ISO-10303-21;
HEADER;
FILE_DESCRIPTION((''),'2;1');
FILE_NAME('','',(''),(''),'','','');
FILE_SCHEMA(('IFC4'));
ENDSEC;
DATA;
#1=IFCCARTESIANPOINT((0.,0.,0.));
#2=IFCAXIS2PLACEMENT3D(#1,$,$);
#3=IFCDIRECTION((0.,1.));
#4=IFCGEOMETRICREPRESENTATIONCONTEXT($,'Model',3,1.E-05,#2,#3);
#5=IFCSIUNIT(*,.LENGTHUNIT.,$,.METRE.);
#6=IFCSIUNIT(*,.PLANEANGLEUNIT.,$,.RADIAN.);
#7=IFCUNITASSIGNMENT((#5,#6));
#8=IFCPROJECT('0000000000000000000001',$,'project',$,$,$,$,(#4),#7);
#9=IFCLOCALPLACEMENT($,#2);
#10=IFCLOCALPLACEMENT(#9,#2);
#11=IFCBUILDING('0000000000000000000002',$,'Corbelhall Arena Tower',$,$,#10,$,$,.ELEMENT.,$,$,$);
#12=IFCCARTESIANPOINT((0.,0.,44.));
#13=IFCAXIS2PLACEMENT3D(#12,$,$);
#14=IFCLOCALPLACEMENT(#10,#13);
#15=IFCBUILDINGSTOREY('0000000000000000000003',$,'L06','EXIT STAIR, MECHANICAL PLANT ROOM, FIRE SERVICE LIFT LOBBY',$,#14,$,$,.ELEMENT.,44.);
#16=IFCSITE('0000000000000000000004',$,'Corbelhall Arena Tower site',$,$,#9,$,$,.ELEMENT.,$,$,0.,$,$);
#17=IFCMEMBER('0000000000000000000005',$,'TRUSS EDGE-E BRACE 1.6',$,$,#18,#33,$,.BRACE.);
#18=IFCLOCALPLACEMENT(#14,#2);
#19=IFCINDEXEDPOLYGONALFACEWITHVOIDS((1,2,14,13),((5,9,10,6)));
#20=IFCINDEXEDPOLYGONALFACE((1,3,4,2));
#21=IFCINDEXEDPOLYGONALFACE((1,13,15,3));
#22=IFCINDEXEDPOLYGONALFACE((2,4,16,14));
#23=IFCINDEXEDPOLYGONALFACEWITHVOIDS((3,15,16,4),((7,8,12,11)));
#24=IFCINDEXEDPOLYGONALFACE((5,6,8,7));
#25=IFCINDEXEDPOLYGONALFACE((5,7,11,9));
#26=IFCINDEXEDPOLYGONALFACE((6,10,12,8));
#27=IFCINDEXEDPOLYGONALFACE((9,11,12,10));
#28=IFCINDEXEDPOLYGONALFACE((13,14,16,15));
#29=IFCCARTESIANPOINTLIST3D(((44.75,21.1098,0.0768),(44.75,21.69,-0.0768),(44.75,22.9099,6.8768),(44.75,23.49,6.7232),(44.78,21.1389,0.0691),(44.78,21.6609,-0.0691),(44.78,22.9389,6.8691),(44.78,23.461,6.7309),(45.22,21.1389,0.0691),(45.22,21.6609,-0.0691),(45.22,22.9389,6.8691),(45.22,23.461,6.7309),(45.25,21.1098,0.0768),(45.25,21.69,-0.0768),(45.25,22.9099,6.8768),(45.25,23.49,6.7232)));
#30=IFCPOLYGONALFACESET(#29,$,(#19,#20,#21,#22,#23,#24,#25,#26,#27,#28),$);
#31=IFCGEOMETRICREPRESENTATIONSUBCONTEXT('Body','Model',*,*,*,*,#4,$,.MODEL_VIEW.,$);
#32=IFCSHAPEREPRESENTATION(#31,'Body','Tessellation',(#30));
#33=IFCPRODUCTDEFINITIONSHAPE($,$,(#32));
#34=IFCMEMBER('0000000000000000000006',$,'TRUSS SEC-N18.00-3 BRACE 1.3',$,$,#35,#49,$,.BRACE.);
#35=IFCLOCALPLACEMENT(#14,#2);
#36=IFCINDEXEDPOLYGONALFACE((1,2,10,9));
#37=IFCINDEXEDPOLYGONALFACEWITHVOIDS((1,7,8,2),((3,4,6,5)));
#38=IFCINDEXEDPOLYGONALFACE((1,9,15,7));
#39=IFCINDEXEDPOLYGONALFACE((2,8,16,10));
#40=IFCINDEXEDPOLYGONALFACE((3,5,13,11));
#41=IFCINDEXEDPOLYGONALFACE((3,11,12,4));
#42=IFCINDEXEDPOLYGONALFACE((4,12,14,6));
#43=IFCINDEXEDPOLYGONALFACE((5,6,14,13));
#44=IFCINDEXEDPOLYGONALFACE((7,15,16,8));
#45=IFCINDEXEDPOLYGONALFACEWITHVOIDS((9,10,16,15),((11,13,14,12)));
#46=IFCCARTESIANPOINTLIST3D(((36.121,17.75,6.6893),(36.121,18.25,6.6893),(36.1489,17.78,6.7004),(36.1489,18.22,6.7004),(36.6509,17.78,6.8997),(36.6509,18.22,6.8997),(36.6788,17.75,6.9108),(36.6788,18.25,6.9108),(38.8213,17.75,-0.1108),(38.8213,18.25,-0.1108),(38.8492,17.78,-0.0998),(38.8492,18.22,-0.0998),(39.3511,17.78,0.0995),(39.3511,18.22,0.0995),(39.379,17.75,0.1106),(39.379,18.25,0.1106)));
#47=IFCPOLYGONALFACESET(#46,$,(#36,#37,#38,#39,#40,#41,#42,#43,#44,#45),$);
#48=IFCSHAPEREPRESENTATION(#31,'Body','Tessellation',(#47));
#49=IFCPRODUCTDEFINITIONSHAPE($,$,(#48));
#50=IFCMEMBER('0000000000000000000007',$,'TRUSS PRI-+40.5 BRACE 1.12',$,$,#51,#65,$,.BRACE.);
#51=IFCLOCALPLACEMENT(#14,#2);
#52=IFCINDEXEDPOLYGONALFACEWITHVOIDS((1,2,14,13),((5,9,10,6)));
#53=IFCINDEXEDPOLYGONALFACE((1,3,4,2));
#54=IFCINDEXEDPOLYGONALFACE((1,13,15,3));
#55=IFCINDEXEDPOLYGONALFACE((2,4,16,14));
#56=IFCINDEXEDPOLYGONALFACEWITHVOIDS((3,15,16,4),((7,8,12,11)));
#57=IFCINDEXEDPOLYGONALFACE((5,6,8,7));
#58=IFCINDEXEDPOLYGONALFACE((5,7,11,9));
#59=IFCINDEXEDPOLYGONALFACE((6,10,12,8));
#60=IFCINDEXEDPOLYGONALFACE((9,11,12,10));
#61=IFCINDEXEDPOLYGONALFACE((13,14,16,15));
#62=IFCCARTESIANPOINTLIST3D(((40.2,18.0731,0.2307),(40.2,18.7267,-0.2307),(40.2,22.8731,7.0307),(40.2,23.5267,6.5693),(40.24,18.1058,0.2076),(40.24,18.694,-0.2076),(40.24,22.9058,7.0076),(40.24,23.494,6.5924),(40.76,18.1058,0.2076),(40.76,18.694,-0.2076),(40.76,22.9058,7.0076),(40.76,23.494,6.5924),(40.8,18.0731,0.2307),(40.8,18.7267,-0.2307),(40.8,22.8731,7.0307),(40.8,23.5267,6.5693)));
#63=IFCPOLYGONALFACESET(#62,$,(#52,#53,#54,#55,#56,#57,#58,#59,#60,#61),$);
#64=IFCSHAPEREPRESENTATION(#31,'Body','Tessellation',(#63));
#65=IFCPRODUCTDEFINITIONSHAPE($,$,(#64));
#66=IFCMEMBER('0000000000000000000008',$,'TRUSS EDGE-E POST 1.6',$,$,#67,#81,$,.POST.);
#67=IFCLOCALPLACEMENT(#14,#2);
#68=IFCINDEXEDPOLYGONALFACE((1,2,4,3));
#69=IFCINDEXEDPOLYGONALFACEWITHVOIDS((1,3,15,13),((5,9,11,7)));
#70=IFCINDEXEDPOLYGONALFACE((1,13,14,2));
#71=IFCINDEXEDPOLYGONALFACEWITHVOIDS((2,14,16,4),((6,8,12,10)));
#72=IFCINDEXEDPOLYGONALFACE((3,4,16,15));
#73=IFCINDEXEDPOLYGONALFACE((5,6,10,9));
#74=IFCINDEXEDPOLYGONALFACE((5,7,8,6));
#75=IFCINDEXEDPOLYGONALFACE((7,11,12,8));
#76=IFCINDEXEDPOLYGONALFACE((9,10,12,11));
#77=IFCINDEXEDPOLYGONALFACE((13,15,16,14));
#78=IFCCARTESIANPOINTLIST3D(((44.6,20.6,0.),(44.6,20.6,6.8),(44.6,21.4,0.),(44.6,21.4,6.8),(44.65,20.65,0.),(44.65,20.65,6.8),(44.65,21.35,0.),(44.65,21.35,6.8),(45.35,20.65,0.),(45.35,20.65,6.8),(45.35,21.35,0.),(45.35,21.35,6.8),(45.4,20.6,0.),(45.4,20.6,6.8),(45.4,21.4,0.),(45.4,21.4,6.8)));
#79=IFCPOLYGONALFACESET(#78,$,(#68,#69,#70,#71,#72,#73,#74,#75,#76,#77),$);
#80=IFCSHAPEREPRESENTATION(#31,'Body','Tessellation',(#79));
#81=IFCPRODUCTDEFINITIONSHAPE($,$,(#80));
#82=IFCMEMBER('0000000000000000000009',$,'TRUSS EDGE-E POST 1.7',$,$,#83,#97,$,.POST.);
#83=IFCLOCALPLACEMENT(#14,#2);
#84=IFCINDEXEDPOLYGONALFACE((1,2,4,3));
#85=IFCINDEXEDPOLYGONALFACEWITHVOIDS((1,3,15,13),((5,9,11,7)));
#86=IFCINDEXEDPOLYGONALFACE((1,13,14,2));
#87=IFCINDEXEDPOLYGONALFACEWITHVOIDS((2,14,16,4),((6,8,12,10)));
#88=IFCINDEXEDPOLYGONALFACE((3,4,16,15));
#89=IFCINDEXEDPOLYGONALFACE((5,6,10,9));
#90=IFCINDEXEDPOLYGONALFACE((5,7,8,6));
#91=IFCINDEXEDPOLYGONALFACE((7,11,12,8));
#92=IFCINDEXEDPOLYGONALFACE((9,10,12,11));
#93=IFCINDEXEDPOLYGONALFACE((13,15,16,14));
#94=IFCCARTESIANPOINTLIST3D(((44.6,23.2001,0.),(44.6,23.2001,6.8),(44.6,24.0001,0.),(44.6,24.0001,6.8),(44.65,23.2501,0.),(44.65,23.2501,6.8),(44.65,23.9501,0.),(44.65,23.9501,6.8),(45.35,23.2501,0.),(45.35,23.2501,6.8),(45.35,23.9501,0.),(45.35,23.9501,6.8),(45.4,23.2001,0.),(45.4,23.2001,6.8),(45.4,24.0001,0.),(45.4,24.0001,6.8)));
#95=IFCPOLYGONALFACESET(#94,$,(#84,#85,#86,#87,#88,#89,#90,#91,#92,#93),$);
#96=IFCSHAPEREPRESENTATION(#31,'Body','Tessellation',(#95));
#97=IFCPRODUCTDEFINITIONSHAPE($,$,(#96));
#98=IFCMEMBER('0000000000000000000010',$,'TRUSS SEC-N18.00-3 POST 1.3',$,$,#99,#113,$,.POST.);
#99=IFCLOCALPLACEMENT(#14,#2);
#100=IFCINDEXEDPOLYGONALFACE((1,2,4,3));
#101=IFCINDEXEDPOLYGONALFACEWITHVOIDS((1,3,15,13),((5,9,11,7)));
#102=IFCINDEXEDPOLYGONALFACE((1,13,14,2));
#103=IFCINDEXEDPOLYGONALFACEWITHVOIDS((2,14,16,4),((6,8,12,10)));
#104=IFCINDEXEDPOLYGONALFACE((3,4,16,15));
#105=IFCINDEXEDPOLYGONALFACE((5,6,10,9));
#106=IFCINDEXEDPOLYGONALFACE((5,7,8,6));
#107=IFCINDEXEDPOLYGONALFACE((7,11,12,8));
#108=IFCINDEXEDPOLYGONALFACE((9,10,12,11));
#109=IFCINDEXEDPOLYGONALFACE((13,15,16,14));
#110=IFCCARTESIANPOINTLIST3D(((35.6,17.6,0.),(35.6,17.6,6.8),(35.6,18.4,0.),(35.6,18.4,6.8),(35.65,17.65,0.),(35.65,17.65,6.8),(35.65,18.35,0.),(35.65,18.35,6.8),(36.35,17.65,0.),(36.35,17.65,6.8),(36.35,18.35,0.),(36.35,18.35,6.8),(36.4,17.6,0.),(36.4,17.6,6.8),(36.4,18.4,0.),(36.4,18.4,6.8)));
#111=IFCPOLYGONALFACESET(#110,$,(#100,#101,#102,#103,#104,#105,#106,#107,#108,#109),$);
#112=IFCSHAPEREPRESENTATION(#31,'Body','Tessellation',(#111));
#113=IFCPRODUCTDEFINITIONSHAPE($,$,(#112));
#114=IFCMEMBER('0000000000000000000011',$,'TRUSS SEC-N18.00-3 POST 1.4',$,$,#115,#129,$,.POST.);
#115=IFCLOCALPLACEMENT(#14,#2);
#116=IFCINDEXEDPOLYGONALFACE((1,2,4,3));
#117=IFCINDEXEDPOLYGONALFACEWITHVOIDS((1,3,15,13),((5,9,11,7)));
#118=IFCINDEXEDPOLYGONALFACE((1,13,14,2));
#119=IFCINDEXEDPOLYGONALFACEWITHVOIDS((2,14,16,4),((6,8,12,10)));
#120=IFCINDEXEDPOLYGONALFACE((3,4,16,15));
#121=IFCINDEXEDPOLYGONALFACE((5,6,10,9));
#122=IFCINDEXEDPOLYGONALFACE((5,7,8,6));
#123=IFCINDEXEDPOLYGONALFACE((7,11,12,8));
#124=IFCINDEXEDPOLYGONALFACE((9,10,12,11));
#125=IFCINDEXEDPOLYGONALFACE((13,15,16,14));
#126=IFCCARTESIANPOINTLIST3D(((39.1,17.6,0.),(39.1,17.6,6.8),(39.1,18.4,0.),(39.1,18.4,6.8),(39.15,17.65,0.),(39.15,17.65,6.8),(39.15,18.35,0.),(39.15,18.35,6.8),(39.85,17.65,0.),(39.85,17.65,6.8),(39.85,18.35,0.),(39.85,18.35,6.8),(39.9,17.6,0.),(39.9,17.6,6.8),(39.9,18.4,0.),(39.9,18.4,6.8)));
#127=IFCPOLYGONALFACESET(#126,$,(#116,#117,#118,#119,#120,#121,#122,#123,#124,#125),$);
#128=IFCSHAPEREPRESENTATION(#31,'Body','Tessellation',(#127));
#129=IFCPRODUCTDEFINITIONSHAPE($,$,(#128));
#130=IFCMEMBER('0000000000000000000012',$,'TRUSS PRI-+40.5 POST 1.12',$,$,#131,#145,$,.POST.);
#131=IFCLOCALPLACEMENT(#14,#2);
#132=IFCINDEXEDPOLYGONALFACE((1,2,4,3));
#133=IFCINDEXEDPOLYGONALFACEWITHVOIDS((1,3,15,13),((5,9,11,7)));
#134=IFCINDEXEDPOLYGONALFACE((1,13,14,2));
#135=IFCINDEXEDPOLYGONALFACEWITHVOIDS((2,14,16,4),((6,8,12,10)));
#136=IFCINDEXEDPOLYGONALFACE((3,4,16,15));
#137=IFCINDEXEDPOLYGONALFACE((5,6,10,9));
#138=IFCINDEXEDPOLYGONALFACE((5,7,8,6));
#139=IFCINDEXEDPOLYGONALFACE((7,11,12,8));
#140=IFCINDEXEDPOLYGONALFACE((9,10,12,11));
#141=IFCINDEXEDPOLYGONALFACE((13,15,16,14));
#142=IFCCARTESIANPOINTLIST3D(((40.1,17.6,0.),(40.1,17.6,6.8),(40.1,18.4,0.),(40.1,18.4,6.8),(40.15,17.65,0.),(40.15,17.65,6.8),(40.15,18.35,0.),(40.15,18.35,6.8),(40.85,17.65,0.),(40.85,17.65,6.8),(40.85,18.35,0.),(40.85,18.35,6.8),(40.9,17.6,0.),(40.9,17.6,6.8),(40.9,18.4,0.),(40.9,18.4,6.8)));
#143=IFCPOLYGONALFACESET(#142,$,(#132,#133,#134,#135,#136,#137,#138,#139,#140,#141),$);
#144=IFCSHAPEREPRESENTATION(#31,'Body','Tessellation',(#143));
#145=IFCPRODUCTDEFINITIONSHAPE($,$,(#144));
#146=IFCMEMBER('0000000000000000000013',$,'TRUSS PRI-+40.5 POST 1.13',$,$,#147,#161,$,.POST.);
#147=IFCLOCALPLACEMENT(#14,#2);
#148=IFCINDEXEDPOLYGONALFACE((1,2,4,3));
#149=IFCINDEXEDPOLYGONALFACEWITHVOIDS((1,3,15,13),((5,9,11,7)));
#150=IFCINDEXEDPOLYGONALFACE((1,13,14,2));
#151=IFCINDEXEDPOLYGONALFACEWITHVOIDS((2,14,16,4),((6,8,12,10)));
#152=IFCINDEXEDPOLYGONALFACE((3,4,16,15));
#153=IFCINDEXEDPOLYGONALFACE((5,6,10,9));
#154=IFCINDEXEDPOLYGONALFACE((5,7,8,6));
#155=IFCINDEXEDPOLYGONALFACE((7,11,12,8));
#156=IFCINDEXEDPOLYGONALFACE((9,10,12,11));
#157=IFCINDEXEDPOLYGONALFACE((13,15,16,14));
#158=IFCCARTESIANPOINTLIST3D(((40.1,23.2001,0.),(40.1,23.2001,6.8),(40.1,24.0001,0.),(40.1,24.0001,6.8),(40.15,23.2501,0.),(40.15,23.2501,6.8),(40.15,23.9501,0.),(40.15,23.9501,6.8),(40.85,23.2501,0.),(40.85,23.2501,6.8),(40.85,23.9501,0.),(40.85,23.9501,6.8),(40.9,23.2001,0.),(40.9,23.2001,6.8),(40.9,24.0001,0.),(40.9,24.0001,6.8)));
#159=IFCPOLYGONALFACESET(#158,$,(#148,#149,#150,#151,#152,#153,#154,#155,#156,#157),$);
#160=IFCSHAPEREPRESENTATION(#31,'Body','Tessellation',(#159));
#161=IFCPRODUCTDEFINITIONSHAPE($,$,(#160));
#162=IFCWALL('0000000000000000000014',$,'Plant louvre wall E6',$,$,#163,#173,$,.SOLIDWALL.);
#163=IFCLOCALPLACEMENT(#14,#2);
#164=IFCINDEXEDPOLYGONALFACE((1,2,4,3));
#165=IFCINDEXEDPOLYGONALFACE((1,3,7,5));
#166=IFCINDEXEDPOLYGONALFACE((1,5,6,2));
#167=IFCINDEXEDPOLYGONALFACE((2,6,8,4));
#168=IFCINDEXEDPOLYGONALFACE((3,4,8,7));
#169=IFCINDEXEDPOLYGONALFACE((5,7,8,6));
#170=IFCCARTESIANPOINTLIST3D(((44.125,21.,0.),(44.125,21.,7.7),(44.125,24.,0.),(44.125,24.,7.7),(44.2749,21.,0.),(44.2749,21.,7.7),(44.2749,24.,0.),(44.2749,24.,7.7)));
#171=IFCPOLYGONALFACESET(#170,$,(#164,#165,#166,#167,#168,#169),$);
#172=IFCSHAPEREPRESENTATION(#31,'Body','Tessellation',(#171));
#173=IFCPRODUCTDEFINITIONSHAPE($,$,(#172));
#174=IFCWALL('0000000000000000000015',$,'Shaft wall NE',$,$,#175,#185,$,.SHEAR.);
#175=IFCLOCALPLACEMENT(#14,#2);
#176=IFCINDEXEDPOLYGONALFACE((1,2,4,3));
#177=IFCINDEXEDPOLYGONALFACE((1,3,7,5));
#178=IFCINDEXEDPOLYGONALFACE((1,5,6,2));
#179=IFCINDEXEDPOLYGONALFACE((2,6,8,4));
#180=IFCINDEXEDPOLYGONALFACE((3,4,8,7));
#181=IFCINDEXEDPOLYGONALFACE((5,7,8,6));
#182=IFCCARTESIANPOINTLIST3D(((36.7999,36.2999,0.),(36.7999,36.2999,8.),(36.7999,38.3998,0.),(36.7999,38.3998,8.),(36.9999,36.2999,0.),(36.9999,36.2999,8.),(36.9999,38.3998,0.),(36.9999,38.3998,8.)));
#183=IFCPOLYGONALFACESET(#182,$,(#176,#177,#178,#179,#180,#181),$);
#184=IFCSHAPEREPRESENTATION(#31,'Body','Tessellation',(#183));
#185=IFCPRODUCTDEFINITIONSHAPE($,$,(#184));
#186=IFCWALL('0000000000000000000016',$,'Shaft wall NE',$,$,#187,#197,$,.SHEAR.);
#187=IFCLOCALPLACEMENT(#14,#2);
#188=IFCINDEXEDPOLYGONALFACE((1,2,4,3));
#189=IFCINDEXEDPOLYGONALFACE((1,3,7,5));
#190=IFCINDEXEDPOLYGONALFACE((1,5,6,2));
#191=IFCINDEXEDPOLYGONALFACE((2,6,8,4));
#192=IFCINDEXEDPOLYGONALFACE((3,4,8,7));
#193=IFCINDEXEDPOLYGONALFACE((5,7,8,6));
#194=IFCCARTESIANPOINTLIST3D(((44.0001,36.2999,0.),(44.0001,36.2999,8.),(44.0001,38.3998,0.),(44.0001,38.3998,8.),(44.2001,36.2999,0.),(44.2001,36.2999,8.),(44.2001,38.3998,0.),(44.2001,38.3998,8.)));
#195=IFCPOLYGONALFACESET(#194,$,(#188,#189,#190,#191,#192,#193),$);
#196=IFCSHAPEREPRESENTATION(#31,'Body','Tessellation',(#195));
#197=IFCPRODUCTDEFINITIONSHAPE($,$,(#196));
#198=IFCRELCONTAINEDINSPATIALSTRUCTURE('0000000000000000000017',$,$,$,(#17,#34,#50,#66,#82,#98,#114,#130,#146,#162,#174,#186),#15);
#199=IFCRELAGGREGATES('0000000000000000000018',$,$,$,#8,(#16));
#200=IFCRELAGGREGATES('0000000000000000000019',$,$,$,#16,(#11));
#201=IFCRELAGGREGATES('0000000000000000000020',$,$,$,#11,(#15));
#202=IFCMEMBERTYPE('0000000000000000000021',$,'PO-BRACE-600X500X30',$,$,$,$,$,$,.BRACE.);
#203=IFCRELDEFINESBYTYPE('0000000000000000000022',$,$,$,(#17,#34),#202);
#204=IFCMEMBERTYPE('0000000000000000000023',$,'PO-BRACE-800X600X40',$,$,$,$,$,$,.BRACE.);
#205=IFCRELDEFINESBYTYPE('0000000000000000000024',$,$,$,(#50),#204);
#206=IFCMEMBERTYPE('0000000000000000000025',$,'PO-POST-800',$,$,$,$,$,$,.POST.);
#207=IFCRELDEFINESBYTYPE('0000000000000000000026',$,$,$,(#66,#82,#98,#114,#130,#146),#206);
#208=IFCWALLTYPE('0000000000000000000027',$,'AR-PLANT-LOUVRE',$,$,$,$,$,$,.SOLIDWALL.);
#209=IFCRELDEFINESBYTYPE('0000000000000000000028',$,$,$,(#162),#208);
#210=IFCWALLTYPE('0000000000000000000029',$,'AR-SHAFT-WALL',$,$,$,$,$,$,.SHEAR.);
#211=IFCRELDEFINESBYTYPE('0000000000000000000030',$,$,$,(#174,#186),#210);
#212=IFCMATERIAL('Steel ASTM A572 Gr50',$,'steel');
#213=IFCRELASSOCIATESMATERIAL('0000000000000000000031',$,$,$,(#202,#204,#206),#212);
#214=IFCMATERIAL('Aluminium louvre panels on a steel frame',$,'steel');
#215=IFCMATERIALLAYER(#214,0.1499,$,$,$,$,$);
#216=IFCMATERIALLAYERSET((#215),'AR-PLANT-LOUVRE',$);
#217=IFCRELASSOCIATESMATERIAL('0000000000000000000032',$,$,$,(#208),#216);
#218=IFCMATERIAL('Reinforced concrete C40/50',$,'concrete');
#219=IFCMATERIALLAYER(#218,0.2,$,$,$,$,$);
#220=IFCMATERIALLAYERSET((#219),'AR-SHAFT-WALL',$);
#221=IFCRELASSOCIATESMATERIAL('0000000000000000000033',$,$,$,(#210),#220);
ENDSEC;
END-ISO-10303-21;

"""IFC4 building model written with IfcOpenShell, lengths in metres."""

from ifc_helpers import new_model, si_unit, direction, frame, frame_2d, origin, origin_2d, place, context, subcontext, project, spatial, rectangle, hollow_rectangle, extrude, material, layer, layer_set, material_profile, profile_set, type_object, element, save


model = new_model("IFC4")

# Units and contexts
model_context = context("Model", 3, precision=1e-05, world=origin(), true_north=direction((0.0, 1.0)))
body_context = subcontext(model_context, "Body", "Model", "MODEL_VIEW")
ifc_project = project(units=[si_unit("LENGTHUNIT", "METRE"), si_unit("PLANEANGLEUNIT", "RADIAN")], contexts=[model_context])

# Site, building, storey
site_placement = place(None, origin())
site = spatial("IfcSite", under=ifc_project, at=site_placement, Name="Corbelhall Arena Tower site", CompositionType="ELEMENT", RefElevation=0.0)
building_placement = place(site_placement, origin())
building = spatial("IfcBuilding", under=site, at=building_placement, Name="Corbelhall Arena Tower", CompositionType="ELEMENT")
storey_placement = place(building_placement, frame((0.0, 0.0, 44.0)))
storey = spatial("IfcBuildingStorey", under=building, at=storey_placement, Name="L06", Description="EXIT STAIR, MECHANICAL PLANT ROOM, FIRE SERVICE LIFT LOBBY", CompositionType="ELEMENT", Elevation=44.0)

# Members
ifc_material_1 = material(Name="Steel ASTM A572 Gr50", Category="steel")
ifc_material_profile_1 = material_profile(ifc_material_1, hollow_rectangle(XDim=0.5, YDim=0.6001, WallThickness=0.03, at=origin_2d()))
ifc_profile_set_1 = profile_set([ifc_material_profile_1], Name="Steel ASTM A572 Gr50")
member_type_1 = type_object("IfcMemberType", Name="PO-BRACE-600X500X30", PredefinedType="BRACE", material=ifc_profile_set_1)
member_1_placement = place(storey_placement, frame((45.0, 21.3999, 0.0), z_axis=(0.0, 0.255897, 0.966704), x_axis=(-1.0, 0.0, 0.0)))
element("IfcMember", 1, at=member_1_placement, inside=storey, type_object=member_type_1, Name="TRUSS EDGE-E BRACE 1.6", PredefinedType="BRACE", context=body_context, shape_type="SweptSolid", body=[
    extrude(hollow_rectangle(XDim=0.5, YDim=0.6001, WallThickness=0.03, at=origin_2d()), origin(), (0.0, 0.0, 1.0), 7.0342),
])
member_2_placement = place(storey_placement, frame((36.3999, 18.0, 6.8), z_axis=(0.369054, 0.0, -0.929408), x_axis=(0.0, 1.0, 0.0)))
element("IfcMember", 2, at=member_2_placement, inside=storey, type_object=member_type_1, Name="TRUSS SEC-N18.00-3 BRACE 1.3", PredefinedType="BRACE", context=body_context, shape_type="SweptSolid", body=[
    extrude(hollow_rectangle(XDim=0.5, YDim=0.6001, WallThickness=0.03, at=origin_2d()), origin(), (0.0, 0.0, 1.0), 7.3167),
])
ifc_material_profile_2 = material_profile(ifc_material_1, hollow_rectangle(XDim=0.6001, YDim=0.8, WallThickness=0.04, at=origin_2d()))
ifc_profile_set_2 = profile_set([ifc_material_profile_2], Name="Steel ASTM A572 Gr50")
member_type_2 = type_object("IfcMemberType", Name="PO-BRACE-800X600X40", PredefinedType="BRACE", material=ifc_profile_set_2)
member_3_placement = place(storey_placement, frame((40.5, 18.3999, 0.0), z_axis=(0.0, 0.576684, 0.816967), x_axis=(-1.0, 0.0, 0.0)))
element("IfcMember", 3, at=member_3_placement, inside=storey, type_object=member_type_2, Name="TRUSS PRI-+40.5 BRACE 1.12", PredefinedType="BRACE", context=body_context, shape_type="SweptSolid", body=[
    extrude(hollow_rectangle(XDim=0.6001, YDim=0.8, WallThickness=0.04, at=origin_2d()), origin(), (0.0, 0.0, 1.0), 8.3235),
])
ifc_material_profile_3 = material_profile(ifc_material_1, hollow_rectangle(XDim=0.8, YDim=0.8, WallThickness=0.05, at=origin_2d()))
ifc_profile_set_3 = profile_set([ifc_material_profile_3], Name="Steel ASTM A572 Gr50")
member_type_3 = type_object("IfcMemberType", Name="PO-POST-800", PredefinedType="POST", material=ifc_profile_set_3)
for number, where, z_axis, x_axis, name in (
    (4, (45.0, 21.0, 0.0), (0.0, 0.0, 1.0), (1.0, 0.0, 0.0), "TRUSS EDGE-E POST 1.6"),
    (5, (45.0, 23.6001, 0.0), (0.0, 0.0, 1.0), (1.0, 0.0, 0.0), "TRUSS EDGE-E POST 1.7"),
    (6, (36.0, 18.0, 0.0), (0.0, 0.0, 1.0), (1.0, 0.0, 0.0), "TRUSS SEC-N18.00-3 POST 1.3"),
    (7, (39.5, 18.0, 0.0), (0.0, 0.0, 1.0), (1.0, 0.0, 0.0), "TRUSS SEC-N18.00-3 POST 1.4"),
    (8, (40.5, 18.0, 0.0), (0.0, 0.0, 1.0), (1.0, 0.0, 0.0), "TRUSS PRI-+40.5 POST 1.12"),
    (9, (40.5, 23.6001, 0.0), (0.0, 0.0, 1.0), (1.0, 0.0, 0.0), "TRUSS PRI-+40.5 POST 1.13"),
):
    element("IfcMember", number, at=place(storey_placement, frame(where, z_axis=z_axis, x_axis=x_axis)), inside=storey, type_object=member_type_3, Name=name, PredefinedType="POST", context=body_context, shape_type="SweptSolid", body=[
        extrude(hollow_rectangle(XDim=0.8, YDim=0.8, WallThickness=0.05, at=origin_2d()), origin(), (0.0, 0.0, 1.0), 6.8),
    ])

# Wall
ifc_material_2 = material(Name="Aluminium louvre panels on a steel frame", Category="steel")
ifc_layer_1 = layer(ifc_material_2, 0.1499)
ifc_layer_set_1 = layer_set([ifc_layer_1], Name="AR-PLANT-LOUVRE")
wall_type_1 = type_object("IfcWallType", Name="AR-PLANT-LOUVRE", PredefinedType="SOLIDWALL", material=ifc_layer_set_1)
wall_1_placement = place(storey_placement, frame((44.2, 21.0, 0.0), z_axis=(0.0, 0.0, 1.0), x_axis=(0.0, 1.0, 0.0)))
element("IfcWall", 10, at=wall_1_placement, inside=storey, type_object=wall_type_1, Name="Plant louvre wall E6", PredefinedType="SOLIDWALL", context=body_context, shape_type="SweptSolid", body=[
    extrude(rectangle(XDim=3.0, YDim=0.1499, at=frame_2d((1.5, 0.0))), origin(), (0.0, 0.0, 1.0), 7.7),
])

# Shared definitions
ifc_material_3 = material(Name="Reinforced concrete C40/50", Category="concrete")
ifc_layer_2 = layer(ifc_material_3, 0.2)
ifc_layer_set_2 = layer_set([ifc_layer_2], Name="AR-SHAFT-WALL")
wall_type_2 = type_object("IfcWallType", Name="AR-SHAFT-WALL", PredefinedType="SHEAR", material=ifc_layer_set_2)

# Walls
for number, where, z_axis, x_axis, name in (
    (11, (36.8999, 36.3, 0.0), (0.0, 0.0, 1.0), (0.0, 1.0, 0.0), "Shaft wall NE"),
    (12, (44.1001, 36.3, 0.0), (0.0, 0.0, 1.0), (0.0, 1.0, 0.0), "Shaft wall NE"),
):
    element("IfcWall", number, at=place(storey_placement, frame(where, z_axis=z_axis, x_axis=x_axis)), inside=storey, type_object=wall_type_2, Name=name, PredefinedType="SHEAR", context=body_context, shape_type="SweptSolid", body=[
        extrude(rectangle(XDim=2.0999, YDim=0.2, at=frame_2d((1.0498, 0.0))), origin(), (0.0, 0.0, 1.0), 8.0),
    ])

save(model, "model.ifc")
